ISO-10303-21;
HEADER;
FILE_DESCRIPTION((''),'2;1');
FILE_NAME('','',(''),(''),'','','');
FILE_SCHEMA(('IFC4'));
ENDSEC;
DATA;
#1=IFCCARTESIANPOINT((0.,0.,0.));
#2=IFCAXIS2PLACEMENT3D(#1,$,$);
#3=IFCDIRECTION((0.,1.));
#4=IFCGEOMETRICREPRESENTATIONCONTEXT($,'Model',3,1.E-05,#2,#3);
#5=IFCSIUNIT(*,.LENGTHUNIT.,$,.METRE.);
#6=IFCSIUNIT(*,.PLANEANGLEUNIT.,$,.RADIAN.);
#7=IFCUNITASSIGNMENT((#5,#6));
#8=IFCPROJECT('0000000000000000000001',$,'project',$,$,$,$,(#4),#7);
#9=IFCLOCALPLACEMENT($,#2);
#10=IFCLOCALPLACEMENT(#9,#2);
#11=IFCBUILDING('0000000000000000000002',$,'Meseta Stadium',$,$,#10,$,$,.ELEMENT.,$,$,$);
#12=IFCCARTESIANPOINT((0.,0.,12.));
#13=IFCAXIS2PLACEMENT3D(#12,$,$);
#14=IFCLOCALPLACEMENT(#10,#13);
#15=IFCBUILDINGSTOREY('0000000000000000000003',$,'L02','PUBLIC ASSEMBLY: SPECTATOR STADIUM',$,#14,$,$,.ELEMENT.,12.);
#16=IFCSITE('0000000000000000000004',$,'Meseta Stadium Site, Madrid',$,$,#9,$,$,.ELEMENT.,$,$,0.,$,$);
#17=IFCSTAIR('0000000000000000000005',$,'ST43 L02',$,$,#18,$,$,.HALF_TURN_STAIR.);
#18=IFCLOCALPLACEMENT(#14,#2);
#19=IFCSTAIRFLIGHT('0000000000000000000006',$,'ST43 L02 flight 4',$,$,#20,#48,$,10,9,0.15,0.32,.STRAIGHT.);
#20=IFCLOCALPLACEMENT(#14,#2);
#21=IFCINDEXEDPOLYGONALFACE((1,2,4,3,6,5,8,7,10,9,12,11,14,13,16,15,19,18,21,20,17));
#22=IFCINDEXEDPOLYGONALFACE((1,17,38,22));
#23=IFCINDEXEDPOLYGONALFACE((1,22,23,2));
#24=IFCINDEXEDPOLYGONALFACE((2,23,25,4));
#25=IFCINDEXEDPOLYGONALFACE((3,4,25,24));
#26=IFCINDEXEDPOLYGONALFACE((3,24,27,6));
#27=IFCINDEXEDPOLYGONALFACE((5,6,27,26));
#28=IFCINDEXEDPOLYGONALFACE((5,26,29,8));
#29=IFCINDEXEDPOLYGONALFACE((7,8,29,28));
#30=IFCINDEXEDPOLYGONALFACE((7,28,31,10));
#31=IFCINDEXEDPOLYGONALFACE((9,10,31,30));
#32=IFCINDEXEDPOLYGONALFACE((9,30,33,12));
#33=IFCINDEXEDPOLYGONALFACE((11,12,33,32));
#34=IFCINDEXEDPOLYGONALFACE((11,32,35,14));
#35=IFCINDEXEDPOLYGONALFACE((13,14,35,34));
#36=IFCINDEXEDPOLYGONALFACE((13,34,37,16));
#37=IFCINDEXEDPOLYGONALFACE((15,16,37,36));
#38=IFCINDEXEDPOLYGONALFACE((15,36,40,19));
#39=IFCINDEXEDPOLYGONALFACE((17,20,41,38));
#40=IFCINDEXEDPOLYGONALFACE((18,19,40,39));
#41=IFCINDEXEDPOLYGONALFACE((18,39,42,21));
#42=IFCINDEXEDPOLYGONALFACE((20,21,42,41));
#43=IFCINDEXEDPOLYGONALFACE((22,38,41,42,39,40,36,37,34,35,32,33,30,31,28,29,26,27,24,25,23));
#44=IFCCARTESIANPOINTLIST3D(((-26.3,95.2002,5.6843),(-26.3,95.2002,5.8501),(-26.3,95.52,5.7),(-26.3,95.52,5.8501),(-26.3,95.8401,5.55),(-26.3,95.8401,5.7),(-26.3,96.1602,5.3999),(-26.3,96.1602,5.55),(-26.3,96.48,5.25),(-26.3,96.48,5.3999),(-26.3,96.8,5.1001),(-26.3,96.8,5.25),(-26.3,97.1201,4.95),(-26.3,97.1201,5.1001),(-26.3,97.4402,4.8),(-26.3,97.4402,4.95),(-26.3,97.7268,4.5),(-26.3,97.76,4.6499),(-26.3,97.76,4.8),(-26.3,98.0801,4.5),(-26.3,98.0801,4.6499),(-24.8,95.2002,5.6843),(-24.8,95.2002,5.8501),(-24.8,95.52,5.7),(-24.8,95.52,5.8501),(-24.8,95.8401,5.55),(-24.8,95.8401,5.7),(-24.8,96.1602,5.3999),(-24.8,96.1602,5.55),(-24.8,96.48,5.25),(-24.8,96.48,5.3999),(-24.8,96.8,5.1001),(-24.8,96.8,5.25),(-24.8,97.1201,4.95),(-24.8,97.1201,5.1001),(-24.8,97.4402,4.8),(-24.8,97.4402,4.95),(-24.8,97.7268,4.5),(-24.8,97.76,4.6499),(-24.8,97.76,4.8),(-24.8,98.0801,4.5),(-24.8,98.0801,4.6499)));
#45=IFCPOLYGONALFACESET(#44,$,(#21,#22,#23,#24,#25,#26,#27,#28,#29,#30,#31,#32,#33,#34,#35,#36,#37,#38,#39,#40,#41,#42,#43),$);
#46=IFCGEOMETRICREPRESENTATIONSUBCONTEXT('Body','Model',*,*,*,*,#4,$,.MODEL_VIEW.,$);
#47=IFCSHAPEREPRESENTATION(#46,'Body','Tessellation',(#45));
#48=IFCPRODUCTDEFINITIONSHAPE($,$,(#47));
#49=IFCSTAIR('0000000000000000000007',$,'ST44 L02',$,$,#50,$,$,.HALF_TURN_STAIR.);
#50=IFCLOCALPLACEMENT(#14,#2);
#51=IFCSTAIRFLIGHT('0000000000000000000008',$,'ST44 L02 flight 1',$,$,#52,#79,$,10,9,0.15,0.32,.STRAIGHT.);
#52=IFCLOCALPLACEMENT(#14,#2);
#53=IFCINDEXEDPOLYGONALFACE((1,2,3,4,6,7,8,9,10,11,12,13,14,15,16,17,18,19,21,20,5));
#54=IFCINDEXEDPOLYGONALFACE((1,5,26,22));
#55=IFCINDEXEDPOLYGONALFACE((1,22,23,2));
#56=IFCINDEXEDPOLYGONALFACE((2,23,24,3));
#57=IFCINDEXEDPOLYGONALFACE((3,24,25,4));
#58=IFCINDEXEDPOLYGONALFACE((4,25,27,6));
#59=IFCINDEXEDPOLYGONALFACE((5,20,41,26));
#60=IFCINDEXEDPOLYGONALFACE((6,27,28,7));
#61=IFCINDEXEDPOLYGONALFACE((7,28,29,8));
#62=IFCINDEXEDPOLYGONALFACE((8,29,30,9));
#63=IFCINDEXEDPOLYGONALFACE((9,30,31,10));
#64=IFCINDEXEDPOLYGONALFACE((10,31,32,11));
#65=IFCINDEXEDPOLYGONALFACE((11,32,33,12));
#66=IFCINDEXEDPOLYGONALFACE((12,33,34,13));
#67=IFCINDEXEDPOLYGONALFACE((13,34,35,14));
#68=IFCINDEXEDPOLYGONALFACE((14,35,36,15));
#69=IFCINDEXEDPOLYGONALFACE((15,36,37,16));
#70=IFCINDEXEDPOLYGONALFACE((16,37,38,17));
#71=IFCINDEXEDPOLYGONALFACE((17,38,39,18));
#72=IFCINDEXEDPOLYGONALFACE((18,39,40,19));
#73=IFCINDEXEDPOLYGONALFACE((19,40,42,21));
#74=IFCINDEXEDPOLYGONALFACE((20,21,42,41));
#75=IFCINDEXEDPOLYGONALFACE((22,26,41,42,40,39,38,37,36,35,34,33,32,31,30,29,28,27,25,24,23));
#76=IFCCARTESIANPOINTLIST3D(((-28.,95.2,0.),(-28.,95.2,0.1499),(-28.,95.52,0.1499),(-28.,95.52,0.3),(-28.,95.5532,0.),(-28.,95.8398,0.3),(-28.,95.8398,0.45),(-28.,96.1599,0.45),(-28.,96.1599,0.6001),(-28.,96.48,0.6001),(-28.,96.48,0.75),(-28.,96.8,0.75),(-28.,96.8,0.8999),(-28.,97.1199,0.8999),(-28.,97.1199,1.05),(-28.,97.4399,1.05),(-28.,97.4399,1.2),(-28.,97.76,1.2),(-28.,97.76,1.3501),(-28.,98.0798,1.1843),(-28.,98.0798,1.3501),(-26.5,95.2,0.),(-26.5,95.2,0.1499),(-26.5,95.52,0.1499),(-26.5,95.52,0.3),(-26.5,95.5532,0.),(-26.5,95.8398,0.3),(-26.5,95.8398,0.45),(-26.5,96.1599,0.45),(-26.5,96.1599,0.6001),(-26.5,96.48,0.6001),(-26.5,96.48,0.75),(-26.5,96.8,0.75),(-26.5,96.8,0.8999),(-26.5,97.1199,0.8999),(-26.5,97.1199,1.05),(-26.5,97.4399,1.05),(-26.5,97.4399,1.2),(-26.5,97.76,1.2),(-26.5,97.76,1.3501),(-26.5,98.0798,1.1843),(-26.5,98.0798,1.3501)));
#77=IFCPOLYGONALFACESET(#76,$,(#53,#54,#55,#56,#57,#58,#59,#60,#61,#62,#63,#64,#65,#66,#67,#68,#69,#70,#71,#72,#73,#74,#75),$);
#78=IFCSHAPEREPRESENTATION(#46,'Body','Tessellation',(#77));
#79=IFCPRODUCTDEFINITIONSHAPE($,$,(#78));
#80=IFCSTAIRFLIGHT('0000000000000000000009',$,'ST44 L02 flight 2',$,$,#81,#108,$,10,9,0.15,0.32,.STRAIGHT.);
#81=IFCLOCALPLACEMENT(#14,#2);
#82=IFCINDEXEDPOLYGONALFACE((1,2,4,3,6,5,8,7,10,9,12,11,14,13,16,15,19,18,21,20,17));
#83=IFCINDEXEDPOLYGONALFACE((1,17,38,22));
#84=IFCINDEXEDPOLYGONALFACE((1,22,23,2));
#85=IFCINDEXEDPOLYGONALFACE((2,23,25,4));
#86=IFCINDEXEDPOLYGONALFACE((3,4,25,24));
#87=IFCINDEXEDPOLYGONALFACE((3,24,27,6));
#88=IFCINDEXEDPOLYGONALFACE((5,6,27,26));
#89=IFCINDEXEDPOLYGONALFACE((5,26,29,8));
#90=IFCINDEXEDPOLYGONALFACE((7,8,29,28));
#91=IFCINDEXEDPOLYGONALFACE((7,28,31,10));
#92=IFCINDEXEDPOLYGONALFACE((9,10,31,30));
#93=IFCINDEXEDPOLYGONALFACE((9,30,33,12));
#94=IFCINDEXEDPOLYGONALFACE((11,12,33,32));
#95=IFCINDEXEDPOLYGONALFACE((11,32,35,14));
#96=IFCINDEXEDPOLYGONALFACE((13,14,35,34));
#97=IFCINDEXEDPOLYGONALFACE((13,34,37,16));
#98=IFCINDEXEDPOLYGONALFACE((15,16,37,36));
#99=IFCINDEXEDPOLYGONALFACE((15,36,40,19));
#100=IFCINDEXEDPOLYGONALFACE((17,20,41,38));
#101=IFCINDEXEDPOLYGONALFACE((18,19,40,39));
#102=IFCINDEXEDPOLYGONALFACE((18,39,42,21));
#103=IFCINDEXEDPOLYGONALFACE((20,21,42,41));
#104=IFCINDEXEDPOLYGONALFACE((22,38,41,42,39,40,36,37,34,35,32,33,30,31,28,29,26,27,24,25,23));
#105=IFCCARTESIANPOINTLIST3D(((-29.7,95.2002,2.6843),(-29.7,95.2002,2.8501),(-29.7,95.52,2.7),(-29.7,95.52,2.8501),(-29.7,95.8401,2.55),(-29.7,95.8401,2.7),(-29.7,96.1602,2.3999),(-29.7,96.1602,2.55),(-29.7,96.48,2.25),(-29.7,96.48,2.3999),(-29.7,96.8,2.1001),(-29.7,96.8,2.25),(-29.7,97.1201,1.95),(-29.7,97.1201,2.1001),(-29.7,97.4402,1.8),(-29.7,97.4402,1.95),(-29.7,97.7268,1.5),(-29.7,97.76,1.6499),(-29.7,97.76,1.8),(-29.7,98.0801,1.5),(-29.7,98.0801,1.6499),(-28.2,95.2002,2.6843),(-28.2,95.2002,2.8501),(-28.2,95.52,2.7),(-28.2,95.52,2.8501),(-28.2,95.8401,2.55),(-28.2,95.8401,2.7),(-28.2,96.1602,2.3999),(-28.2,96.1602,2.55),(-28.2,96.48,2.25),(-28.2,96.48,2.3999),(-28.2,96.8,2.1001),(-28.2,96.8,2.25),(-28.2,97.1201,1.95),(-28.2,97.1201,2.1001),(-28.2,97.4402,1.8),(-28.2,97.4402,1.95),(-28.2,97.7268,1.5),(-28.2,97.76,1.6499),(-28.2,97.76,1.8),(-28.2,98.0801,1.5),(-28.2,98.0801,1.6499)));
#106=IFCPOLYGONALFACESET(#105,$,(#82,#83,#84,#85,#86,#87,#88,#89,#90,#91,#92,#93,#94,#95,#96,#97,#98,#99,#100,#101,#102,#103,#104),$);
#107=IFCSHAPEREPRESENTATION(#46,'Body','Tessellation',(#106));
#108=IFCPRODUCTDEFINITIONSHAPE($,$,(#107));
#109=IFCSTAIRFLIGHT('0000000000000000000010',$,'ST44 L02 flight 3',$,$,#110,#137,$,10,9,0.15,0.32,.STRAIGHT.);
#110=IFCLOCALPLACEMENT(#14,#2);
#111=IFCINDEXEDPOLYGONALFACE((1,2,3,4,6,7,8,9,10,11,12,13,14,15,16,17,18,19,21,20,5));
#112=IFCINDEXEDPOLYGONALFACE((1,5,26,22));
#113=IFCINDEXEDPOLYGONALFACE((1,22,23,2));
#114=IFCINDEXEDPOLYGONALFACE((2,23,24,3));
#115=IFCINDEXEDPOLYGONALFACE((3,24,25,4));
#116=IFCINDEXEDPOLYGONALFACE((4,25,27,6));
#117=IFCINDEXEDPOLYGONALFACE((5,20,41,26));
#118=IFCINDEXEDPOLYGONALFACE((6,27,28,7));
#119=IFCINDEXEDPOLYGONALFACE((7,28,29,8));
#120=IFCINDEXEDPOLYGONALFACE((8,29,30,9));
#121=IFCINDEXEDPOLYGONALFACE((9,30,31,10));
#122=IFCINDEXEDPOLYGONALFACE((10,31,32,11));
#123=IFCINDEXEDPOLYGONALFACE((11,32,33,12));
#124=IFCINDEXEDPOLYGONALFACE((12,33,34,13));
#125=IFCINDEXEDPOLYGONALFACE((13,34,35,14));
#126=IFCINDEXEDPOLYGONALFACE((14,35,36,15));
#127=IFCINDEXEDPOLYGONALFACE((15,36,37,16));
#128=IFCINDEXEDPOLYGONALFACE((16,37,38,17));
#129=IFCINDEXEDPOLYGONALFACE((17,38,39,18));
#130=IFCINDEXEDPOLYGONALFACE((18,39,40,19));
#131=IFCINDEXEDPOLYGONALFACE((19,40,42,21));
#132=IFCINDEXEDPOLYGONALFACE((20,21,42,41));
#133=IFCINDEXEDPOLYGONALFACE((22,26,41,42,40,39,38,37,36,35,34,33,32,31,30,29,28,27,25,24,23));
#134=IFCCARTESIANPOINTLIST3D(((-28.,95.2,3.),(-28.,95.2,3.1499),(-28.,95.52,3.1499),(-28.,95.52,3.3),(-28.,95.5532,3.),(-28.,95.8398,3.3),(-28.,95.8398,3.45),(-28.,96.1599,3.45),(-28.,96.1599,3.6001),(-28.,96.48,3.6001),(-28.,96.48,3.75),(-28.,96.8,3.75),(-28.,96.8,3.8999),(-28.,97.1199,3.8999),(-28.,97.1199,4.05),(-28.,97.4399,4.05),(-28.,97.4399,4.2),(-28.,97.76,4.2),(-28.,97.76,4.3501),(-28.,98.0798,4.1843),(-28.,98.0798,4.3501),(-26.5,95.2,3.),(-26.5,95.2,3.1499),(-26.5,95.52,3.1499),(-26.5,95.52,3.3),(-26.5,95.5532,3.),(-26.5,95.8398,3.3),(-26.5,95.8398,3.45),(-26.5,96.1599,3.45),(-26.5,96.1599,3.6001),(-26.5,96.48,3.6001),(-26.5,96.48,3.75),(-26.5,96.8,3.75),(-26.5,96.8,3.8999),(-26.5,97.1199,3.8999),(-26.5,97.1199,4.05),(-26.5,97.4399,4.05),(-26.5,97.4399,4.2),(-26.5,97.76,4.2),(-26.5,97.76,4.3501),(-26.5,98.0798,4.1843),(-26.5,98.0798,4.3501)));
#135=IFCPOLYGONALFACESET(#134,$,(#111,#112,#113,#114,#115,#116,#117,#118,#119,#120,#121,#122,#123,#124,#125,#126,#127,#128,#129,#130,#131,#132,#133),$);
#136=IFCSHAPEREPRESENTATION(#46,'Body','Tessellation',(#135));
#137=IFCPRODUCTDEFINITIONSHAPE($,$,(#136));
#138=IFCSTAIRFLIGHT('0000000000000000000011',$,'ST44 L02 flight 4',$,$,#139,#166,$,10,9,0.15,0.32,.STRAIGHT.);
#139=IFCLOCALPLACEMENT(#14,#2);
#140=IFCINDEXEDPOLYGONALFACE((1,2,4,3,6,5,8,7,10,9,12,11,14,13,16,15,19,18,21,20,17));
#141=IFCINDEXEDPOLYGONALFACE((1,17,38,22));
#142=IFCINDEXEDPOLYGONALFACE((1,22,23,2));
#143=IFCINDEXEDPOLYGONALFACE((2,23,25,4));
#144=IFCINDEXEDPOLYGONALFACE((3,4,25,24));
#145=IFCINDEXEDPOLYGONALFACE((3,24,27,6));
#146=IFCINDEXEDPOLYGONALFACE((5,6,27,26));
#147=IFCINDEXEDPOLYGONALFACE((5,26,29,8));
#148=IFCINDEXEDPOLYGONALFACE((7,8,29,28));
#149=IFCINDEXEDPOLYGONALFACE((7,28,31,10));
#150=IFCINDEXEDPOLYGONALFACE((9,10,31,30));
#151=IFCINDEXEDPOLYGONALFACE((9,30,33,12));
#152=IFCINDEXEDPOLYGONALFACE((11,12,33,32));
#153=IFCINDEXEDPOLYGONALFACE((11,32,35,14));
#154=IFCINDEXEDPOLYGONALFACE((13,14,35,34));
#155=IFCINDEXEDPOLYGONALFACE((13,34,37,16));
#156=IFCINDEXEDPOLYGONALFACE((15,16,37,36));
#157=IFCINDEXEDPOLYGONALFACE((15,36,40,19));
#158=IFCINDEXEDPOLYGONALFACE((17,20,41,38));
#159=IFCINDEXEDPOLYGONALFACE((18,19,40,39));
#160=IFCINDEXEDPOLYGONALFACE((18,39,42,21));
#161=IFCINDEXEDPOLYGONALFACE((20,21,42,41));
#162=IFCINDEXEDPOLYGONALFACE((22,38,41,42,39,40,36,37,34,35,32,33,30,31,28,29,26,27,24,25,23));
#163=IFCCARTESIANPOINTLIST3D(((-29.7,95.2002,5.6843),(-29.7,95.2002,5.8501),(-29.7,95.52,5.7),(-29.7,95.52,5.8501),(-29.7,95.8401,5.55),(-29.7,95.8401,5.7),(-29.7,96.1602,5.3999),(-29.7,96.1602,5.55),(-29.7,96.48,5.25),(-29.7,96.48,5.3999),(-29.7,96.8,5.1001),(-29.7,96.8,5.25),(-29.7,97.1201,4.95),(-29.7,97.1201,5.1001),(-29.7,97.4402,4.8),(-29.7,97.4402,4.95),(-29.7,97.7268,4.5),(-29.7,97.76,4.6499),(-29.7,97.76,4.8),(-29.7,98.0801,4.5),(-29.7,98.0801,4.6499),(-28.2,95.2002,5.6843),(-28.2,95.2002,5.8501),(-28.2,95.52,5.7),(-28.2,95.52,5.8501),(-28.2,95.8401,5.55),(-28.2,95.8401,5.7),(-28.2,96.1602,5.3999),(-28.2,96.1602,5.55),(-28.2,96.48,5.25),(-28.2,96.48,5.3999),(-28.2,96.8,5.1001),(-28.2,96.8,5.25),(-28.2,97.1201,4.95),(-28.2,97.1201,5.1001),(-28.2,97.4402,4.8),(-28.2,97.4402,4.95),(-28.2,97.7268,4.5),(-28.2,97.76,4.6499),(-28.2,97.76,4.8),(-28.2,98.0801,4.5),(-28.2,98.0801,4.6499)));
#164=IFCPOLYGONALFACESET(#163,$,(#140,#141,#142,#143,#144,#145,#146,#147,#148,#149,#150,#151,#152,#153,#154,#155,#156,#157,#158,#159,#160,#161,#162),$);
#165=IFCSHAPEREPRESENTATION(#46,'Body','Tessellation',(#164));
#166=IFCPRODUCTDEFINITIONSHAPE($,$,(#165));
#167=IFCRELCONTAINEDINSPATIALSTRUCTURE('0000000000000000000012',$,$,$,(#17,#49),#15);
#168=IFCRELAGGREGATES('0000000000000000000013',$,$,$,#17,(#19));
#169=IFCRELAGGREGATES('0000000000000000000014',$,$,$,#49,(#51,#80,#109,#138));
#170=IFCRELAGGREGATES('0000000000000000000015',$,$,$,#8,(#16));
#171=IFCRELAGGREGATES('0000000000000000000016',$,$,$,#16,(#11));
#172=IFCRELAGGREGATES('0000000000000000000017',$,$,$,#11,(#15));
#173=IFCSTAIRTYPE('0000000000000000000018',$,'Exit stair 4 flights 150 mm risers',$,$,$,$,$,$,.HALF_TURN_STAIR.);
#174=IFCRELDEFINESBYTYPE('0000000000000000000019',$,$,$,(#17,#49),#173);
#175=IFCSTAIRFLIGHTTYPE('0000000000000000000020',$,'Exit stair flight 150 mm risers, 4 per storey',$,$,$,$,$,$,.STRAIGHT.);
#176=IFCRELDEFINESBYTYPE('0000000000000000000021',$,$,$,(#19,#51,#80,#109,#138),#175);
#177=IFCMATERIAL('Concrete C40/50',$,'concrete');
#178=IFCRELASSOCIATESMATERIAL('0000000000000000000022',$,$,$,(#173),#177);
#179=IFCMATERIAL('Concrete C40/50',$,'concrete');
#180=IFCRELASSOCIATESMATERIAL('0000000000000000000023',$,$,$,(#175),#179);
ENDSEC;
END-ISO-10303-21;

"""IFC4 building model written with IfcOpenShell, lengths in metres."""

from ifc_helpers import new_model, si_unit, direction, frame, origin, place, context, subcontext, project, spatial, polyline, outline, extrude, material, type_object, element, aggregate, save


model = new_model("IFC4")

# Units and contexts
model_context = context("Model", 3, precision=1e-05, world=origin(), true_north=direction((0.0, 1.0)))
body_context = subcontext(model_context, "Body", "Model", "MODEL_VIEW")
ifc_project = project(units=[si_unit("LENGTHUNIT", "METRE"), si_unit("PLANEANGLEUNIT", "RADIAN")], contexts=[model_context])

# Site, building, storey
site_placement = place(None, origin())
site = spatial("IfcSite", under=ifc_project, at=site_placement, Name="Meseta Stadium Site, Madrid", CompositionType="ELEMENT", RefElevation=0.0)
building_placement = place(site_placement, origin())
building = spatial("IfcBuilding", under=site, at=building_placement, Name="Meseta Stadium", CompositionType="ELEMENT")
storey_placement = place(building_placement, frame((0.0, 0.0, 12.0)))
storey = spatial("IfcBuildingStorey", under=building, at=storey_placement, Name="L02", Description="PUBLIC ASSEMBLY: SPECTATOR STADIUM", CompositionType="ELEMENT", Elevation=12.0)

# Stairs, stair flights
ifc_material_1 = material(Name="Concrete C40/50", Category="concrete")
stair_type = type_object("IfcStairType", Name="Exit stair 4 flights 150 mm risers", PredefinedType="HALF_TURN_STAIR", material=ifc_material_1)
stair_1_placement = place(storey_placement, origin())
stair_1 = element("IfcStair", 1, at=stair_1_placement, inside=storey, type_object=stair_type, Name="ST43 L02", PredefinedType="HALF_TURN_STAIR")
ifc_material_2 = material(Name="Concrete C40/50", Category="concrete")
stair_flight_type = type_object("IfcStairFlightType", Name="Exit stair flight 150 mm risers, 4 per storey", PredefinedType="STRAIGHT", material=ifc_material_2)
stair_flight_1_placement = place(storey_placement, frame((-25.55, 98.0801, 4.5), z_axis=(0.0, 0.0, 1.0), x_axis=(0.0, -1.0, 0.0)))
stair_flight_1 = element("IfcStairFlight", 2, at=stair_flight_1_placement, type_object=stair_flight_type, Name="ST43 L02 flight 4", NumberOfRisers=10, NumberOfTreads=9, PredefinedType="STRAIGHT", RiserHeight=0.15, TreadLength=0.32, context=body_context, shape_type="SweptSolid", body=[
    extrude(outline(polyline([(0.0, 0.0), (0.0, 0.1499), (0.3201, 0.1499), (0.3201, 0.3), (0.6399, 0.3), (0.6399, 0.45), (0.96, 0.45), (0.96, 0.6001), (1.28, 0.6001), (1.28, 0.75), (1.6001, 0.75), (1.6001, 0.8999), (1.9199, 0.8999), (1.9199, 1.05), (2.24, 1.05), (2.24, 1.2), (2.5601, 1.2), (2.5601, 1.3501), (2.8799, 1.3501), (2.8799, 1.1843), (0.3533, 0.0), (0.0, 0.0)])), frame((0.0, 0.75, 0.0), z_axis=(0.0, -1.0, 0.0), x_axis=(1.0, 0.0, 0.0)), (0.0, 0.0, 1.0), 1.5),
])
aggregate(stair_1, [stair_flight_1])
stair_2_placement = place(storey_placement, origin())
stair_2 = element("IfcStair", 3, at=stair_2_placement, inside=storey, type_object=stair_type, Name="ST44 L02", PredefinedType="HALF_TURN_STAIR")
stair_flight_2_placement = place(storey_placement, frame((-27.25, 95.2, 0.0), z_axis=(0.0, 0.0, 1.0), x_axis=(0.0, 1.0, 0.0)))
stair_flight_2 = element("IfcStairFlight", 4, at=stair_flight_2_placement, type_object=stair_flight_type, Name="ST44 L02 flight 1", NumberOfRisers=10, NumberOfTreads=9, PredefinedType="STRAIGHT", RiserHeight=0.15, TreadLength=0.32, context=body_context, shape_type="SweptSolid", body=[
    extrude(outline(polyline([(0.0, 0.0), (0.0, 0.1499), (0.3201, 0.1499), (0.3201, 0.3), (0.6399, 0.3), (0.6399, 0.45), (0.96, 0.45), (0.96, 0.6001), (1.28, 0.6001), (1.28, 0.75), (1.6001, 0.75), (1.6001, 0.8999), (1.9199, 0.8999), (1.9199, 1.05), (2.24, 1.05), (2.24, 1.2), (2.5601, 1.2), (2.5601, 1.3501), (2.8799, 1.3501), (2.8799, 1.1843), (0.3533, 0.0), (0.0, 0.0)])), frame((0.0, 0.75, 0.0), z_axis=(0.0, -1.0, 0.0), x_axis=(1.0, 0.0, 0.0)), (0.0, 0.0, 1.0), 1.5),
])
stair_flight_3_placement = place(storey_placement, frame((-28.95, 98.0801, 1.5), z_axis=(0.0, 0.0, 1.0), x_axis=(0.0, -1.0, 0.0)))
stair_flight_3 = element("IfcStairFlight", 5, at=stair_flight_3_placement, type_object=stair_flight_type, Name="ST44 L02 flight 2", NumberOfRisers=10, NumberOfTreads=9, PredefinedType="STRAIGHT", RiserHeight=0.15, TreadLength=0.32, context=body_context, shape_type="SweptSolid", body=[
    extrude(outline(polyline([(0.0, 0.0), (0.0, 0.1499), (0.3201, 0.1499), (0.3201, 0.3), (0.6399, 0.3), (0.6399, 0.45), (0.96, 0.45), (0.96, 0.6001), (1.28, 0.6001), (1.28, 0.75), (1.6001, 0.75), (1.6001, 0.8999), (1.9199, 0.8999), (1.9199, 1.05), (2.24, 1.05), (2.24, 1.2), (2.5601, 1.2), (2.5601, 1.3501), (2.8799, 1.3501), (2.8799, 1.1843), (0.3533, 0.0), (0.0, 0.0)])), frame((0.0, 0.75, 0.0), z_axis=(0.0, -1.0, 0.0), x_axis=(1.0, 0.0, 0.0)), (0.0, 0.0, 1.0), 1.5),
])
stair_flight_4_placement = place(storey_placement, frame((-27.25, 95.2, 3.0), z_axis=(0.0, 0.0, 1.0), x_axis=(0.0, 1.0, 0.0)))
stair_flight_4 = element("IfcStairFlight", 6, at=stair_flight_4_placement, type_object=stair_flight_type, Name="ST44 L02 flight 3", NumberOfRisers=10, NumberOfTreads=9, PredefinedType="STRAIGHT", RiserHeight=0.15, TreadLength=0.32, context=body_context, shape_type="SweptSolid", body=[
    extrude(outline(polyline([(0.0, 0.0), (0.0, 0.1499), (0.3201, 0.1499), (0.3201, 0.3), (0.6399, 0.3), (0.6399, 0.45), (0.96, 0.45), (0.96, 0.6001), (1.28, 0.6001), (1.28, 0.75), (1.6001, 0.75), (1.6001, 0.8999), (1.9199, 0.8999), (1.9199, 1.05), (2.24, 1.05), (2.24, 1.2), (2.5601, 1.2), (2.5601, 1.3501), (2.8799, 1.3501), (2.8799, 1.1843), (0.3533, 0.0), (0.0, 0.0)])), frame((0.0, 0.75, 0.0), z_axis=(0.0, -1.0, 0.0), x_axis=(1.0, 0.0, 0.0)), (0.0, 0.0, 1.0), 1.5),
])
stair_flight_5_placement = place(storey_placement, frame((-28.95, 98.0801, 4.5), z_axis=(0.0, 0.0, 1.0), x_axis=(0.0, -1.0, 0.0)))
stair_flight_5 = element("IfcStairFlight", 7, at=stair_flight_5_placement, type_object=stair_flight_type, Name="ST44 L02 flight 4", NumberOfRisers=10, NumberOfTreads=9, PredefinedType="STRAIGHT", RiserHeight=0.15, TreadLength=0.32, context=body_context, shape_type="SweptSolid", body=[
    extrude(outline(polyline([(0.0, 0.0), (0.0, 0.1499), (0.3201, 0.1499), (0.3201, 0.3), (0.6399, 0.3), (0.6399, 0.45), (0.96, 0.45), (0.96, 0.6001), (1.28, 0.6001), (1.28, 0.75), (1.6001, 0.75), (1.6001, 0.8999), (1.9199, 0.8999), (1.9199, 1.05), (2.24, 1.05), (2.24, 1.2), (2.5601, 1.2), (2.5601, 1.3501), (2.8799, 1.3501), (2.8799, 1.1843), (0.3533, 0.0), (0.0, 0.0)])), frame((0.0, 0.75, 0.0), z_axis=(0.0, -1.0, 0.0), x_axis=(1.0, 0.0, 0.0)), (0.0, 0.0, 1.0), 1.5),
])
aggregate(stair_2, [stair_flight_2, stair_flight_3, stair_flight_4, stair_flight_5])

save(model, "model.ifc")
